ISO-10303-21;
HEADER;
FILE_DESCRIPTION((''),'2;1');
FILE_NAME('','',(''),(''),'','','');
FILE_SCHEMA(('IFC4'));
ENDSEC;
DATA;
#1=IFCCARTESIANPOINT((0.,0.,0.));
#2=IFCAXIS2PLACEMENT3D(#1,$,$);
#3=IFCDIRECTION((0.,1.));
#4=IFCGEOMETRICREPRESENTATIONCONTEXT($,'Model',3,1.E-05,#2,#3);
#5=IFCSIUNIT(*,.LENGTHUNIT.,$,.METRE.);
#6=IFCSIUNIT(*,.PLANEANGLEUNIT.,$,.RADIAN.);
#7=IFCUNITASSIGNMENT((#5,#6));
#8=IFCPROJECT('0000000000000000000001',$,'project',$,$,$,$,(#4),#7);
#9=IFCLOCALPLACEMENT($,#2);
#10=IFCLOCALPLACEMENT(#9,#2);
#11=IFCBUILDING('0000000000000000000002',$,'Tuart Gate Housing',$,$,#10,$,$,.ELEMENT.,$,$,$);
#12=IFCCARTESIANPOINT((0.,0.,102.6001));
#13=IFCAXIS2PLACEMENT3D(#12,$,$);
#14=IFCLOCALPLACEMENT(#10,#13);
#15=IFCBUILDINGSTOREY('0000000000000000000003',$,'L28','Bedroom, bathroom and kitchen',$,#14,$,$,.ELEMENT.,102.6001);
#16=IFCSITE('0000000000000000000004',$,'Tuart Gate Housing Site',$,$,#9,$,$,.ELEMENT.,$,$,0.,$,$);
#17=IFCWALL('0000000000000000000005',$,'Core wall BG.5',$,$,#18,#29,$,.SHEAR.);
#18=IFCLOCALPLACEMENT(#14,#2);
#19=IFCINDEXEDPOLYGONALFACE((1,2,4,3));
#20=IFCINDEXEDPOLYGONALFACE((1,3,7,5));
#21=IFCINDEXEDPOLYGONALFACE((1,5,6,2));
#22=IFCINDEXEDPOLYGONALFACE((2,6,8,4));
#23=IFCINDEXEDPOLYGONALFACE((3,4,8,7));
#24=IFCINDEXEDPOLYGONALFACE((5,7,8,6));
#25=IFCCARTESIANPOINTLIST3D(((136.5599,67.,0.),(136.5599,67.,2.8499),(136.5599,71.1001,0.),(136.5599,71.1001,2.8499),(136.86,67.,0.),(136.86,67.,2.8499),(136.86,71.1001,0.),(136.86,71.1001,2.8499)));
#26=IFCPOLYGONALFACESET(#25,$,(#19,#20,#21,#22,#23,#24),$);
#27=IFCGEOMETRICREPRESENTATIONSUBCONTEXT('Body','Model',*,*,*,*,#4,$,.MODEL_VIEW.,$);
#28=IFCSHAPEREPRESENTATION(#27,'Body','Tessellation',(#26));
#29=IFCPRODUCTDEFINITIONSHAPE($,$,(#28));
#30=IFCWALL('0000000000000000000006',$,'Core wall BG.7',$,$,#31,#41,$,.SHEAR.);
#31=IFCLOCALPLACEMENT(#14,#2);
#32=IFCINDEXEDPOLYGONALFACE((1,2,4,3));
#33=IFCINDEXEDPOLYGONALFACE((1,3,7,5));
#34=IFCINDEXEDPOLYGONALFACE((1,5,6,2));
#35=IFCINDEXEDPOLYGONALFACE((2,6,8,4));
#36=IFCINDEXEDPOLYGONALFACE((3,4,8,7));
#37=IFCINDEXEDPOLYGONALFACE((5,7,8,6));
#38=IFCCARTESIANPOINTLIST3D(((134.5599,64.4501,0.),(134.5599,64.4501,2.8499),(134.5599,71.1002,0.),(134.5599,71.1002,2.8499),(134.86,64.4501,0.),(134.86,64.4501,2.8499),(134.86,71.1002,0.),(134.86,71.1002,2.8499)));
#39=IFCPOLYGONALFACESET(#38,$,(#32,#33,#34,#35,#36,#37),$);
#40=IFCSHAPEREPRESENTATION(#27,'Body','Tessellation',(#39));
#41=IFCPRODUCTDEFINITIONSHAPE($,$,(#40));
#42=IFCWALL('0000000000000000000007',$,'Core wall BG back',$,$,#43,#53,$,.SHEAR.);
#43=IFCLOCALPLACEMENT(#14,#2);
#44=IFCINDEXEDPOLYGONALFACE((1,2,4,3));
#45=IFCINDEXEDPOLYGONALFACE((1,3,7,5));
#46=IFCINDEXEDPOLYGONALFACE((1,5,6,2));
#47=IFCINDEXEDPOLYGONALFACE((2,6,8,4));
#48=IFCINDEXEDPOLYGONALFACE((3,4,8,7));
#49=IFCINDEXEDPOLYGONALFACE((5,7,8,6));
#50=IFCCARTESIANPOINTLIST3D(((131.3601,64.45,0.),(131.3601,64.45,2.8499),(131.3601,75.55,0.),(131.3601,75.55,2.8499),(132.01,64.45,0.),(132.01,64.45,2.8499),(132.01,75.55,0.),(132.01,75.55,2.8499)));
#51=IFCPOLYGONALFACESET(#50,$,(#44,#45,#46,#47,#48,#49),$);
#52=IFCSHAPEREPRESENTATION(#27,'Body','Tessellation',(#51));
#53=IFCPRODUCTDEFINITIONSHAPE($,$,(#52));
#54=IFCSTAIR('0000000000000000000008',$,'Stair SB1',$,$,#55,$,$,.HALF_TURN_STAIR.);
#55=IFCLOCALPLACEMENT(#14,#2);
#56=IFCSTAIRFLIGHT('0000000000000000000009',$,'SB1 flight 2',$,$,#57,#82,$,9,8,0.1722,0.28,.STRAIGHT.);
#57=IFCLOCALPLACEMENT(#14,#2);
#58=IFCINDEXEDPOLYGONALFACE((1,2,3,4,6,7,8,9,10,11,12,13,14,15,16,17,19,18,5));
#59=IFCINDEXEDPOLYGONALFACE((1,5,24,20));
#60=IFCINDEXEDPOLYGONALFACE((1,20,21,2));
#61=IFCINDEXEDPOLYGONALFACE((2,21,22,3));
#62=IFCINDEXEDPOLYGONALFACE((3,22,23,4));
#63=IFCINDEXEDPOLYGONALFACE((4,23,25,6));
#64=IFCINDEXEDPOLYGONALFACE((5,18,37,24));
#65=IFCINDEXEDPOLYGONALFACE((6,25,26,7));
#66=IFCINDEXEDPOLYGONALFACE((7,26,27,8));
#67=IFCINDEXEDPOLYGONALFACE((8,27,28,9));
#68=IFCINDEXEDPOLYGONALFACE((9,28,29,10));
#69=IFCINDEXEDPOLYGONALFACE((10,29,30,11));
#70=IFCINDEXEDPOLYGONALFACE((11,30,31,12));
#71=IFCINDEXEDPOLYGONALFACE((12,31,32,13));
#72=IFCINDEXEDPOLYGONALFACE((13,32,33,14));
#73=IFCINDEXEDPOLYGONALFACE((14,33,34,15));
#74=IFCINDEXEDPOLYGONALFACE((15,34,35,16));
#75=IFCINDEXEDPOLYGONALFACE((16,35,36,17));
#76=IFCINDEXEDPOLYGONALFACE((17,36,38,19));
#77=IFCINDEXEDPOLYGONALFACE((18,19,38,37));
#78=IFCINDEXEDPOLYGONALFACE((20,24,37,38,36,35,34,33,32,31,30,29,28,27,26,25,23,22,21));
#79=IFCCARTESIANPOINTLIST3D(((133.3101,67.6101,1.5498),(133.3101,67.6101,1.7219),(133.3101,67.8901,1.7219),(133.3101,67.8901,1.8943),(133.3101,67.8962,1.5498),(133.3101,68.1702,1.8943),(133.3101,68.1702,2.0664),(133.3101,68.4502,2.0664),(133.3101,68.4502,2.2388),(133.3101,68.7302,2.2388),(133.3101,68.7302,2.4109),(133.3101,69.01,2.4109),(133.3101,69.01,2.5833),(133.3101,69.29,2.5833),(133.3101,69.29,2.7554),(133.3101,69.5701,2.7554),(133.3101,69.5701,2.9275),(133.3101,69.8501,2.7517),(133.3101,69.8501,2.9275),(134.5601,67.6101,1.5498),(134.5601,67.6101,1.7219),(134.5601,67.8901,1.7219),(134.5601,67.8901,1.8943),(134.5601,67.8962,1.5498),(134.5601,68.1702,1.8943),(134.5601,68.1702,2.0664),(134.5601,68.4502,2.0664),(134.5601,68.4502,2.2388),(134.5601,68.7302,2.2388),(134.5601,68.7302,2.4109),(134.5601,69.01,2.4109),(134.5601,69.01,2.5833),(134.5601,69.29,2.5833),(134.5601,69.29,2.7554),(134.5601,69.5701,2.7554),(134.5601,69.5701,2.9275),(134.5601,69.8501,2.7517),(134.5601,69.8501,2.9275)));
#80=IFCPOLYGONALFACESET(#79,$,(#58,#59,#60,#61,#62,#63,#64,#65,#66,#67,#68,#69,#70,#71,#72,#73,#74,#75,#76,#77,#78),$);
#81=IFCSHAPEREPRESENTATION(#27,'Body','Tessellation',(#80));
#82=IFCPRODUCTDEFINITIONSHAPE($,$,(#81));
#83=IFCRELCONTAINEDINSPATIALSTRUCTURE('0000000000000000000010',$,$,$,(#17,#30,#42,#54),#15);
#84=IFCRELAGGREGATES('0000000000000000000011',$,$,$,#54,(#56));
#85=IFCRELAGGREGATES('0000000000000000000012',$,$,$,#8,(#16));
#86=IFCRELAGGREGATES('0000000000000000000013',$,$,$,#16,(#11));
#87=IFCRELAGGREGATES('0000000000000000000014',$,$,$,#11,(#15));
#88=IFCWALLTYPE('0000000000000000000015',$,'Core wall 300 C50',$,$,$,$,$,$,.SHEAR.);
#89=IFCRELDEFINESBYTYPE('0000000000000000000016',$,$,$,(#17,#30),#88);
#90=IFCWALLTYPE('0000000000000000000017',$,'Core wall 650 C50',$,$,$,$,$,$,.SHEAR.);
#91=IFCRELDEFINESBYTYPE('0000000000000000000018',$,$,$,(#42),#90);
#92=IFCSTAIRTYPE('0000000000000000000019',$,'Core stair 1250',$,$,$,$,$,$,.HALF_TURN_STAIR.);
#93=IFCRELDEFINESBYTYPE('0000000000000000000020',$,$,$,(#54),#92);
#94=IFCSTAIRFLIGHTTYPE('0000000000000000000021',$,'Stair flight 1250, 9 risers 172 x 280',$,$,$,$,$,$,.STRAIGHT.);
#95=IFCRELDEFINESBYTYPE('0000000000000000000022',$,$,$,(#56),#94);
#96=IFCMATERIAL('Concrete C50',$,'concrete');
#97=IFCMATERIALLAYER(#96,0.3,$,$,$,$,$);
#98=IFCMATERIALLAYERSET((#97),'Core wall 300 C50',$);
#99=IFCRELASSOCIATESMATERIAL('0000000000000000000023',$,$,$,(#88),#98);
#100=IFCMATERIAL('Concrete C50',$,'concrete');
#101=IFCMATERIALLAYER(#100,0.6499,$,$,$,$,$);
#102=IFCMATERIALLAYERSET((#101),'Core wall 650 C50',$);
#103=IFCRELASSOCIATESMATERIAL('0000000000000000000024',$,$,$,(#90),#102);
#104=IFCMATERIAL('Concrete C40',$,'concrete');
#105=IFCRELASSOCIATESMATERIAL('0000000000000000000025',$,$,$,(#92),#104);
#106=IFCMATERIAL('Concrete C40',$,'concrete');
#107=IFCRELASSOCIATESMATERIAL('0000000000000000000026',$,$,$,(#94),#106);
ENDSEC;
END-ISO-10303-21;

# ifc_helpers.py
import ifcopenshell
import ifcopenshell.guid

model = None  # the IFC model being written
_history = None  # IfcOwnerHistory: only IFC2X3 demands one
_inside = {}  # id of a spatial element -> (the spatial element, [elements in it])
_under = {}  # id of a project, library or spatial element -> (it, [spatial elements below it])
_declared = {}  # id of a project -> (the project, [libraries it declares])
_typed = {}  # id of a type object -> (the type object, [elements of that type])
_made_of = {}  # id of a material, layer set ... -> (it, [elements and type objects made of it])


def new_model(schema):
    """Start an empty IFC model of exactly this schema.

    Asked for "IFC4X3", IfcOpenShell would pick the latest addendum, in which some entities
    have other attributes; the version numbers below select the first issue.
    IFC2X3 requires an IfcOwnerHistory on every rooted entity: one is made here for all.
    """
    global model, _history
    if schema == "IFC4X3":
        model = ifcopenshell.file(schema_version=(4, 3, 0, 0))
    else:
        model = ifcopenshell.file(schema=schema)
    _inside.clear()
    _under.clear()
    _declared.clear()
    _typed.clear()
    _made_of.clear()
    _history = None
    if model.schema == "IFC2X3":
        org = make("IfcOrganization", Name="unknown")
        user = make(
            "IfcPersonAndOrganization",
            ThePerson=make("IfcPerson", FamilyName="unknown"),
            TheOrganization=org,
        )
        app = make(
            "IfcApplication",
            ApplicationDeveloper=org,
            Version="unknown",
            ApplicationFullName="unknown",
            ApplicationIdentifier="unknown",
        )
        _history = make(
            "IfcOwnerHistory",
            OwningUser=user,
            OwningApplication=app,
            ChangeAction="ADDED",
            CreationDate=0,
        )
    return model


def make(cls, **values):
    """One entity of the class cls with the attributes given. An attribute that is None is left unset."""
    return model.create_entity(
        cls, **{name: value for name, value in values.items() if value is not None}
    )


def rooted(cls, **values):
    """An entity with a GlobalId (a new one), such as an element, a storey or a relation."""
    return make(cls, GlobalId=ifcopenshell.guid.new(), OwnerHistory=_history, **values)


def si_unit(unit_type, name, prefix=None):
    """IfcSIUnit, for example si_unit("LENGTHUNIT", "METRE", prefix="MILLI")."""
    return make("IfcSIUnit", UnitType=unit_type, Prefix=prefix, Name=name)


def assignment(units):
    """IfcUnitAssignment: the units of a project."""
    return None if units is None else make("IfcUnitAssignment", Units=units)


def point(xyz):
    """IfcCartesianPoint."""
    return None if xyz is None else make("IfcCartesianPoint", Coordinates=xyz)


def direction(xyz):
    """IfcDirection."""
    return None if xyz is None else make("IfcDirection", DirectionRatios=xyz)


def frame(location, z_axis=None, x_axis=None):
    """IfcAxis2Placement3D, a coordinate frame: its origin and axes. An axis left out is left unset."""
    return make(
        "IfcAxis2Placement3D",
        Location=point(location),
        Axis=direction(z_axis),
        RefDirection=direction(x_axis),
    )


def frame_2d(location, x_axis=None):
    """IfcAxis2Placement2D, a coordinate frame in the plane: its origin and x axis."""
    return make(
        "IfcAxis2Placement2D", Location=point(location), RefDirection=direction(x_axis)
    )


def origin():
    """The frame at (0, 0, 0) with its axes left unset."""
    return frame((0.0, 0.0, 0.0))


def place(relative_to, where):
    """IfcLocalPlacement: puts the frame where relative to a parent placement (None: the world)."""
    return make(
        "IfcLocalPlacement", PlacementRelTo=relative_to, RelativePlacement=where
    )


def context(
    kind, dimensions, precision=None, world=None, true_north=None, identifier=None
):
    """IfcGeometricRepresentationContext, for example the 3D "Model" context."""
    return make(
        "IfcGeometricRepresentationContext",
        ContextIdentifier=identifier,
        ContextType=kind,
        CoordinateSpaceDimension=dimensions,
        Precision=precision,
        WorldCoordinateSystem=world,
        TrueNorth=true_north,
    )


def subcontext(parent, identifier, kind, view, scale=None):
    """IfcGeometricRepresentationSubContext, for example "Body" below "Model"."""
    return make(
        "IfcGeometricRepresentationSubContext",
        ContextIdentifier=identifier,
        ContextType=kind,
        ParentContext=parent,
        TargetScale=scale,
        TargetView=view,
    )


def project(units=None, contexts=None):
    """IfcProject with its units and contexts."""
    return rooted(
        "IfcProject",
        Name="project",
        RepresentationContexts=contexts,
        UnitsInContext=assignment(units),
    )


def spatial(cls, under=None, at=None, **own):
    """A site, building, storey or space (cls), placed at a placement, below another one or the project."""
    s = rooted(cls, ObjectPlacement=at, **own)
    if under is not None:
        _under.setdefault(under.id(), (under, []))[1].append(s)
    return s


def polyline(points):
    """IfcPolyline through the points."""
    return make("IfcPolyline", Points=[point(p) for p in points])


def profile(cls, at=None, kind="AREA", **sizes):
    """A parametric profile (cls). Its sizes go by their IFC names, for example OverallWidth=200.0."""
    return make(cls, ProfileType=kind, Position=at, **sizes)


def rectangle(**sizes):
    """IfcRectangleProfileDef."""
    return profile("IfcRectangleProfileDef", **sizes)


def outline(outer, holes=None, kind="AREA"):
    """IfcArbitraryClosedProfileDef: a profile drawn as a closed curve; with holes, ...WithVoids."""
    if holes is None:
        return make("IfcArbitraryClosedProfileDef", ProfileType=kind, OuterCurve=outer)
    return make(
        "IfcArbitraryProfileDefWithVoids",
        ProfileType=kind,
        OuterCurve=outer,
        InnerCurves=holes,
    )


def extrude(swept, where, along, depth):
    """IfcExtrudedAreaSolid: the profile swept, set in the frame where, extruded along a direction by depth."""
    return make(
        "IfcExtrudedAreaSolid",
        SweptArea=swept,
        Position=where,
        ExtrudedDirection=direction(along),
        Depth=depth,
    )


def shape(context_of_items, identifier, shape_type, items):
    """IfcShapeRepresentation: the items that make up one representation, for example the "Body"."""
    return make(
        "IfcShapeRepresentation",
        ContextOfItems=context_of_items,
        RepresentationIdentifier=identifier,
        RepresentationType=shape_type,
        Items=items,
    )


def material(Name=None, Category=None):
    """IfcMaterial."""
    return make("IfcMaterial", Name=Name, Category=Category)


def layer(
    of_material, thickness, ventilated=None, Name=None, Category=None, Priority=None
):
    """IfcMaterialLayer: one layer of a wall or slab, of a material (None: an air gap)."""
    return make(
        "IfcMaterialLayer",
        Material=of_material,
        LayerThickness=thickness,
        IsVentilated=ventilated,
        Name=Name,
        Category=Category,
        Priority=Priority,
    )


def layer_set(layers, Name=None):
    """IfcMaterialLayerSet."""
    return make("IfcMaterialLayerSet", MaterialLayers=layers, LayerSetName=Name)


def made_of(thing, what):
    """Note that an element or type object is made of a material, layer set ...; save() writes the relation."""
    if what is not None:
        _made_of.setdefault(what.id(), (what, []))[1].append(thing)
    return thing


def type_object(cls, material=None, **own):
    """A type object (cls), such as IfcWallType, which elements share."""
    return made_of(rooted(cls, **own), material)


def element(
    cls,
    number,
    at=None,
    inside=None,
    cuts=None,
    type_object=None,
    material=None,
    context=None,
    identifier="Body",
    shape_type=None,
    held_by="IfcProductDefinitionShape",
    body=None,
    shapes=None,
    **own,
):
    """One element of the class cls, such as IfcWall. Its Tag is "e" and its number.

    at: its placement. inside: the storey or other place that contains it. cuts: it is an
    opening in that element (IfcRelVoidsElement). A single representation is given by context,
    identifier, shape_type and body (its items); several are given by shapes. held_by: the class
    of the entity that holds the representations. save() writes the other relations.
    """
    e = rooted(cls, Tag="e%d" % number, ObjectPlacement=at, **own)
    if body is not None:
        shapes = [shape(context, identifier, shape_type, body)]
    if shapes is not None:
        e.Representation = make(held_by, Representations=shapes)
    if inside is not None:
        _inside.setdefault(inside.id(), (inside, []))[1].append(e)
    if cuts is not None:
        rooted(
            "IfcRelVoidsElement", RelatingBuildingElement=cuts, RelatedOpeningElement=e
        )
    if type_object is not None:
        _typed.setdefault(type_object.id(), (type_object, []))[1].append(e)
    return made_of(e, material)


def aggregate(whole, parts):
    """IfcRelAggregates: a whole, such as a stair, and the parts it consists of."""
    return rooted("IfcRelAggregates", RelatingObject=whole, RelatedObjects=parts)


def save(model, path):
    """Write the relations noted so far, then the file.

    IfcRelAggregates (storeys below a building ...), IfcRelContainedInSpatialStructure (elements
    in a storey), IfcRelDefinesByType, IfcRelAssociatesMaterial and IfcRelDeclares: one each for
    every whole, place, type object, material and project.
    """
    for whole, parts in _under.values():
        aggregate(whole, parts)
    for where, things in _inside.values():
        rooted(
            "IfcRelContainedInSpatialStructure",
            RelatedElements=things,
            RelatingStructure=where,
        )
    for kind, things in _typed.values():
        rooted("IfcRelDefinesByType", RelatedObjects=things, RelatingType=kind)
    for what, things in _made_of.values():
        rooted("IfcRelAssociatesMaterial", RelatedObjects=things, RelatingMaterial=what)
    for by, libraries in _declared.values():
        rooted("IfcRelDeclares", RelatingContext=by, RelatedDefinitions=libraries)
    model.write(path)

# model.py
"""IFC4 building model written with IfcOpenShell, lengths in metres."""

from ifc_helpers import new_model, si_unit, direction, frame, frame_2d, origin, place, context, subcontext, project, spatial, polyline, rectangle, outline, extrude, material, layer, layer_set, type_object, element, aggregate, save


model = new_model("IFC4")

# Units and contexts
model_context = context("Model", 3, precision=1e-05, world=origin(), true_north=direction((0.0, 1.0)))
body_context = subcontext(model_context, "Body", "Model", "MODEL_VIEW")
ifc_project = project(units=[si_unit("LENGTHUNIT", "METRE"), si_unit("PLANEANGLEUNIT", "RADIAN")], contexts=[model_context])

# Site, building, storey
site_placement = place(None, origin())
site = spatial("IfcSite", under=ifc_project, at=site_placement, Name="Tuart Gate Housing Site", CompositionType="ELEMENT", RefElevation=0.0)
building_placement = place(site_placement, origin())
building = spatial("IfcBuilding", under=site, at=building_placement, Name="Tuart Gate Housing", CompositionType="ELEMENT")
storey_placement = place(building_placement, frame((0.0, 0.0, 102.6001)))
storey = spatial("IfcBuildingStorey", under=building, at=storey_placement, Name="L28", Description="Bedroom, bathroom and kitchen", CompositionType="ELEMENT", Elevation=102.6001)

# Walls
ifc_material_1 = material(Name="Concrete C50", Category="concrete")
ifc_layer_1 = layer(ifc_material_1, 0.3)
ifc_layer_set_1 = layer_set([ifc_layer_1], Name="Core wall 300 C50")
wall_type_1 = type_object("IfcWallType", Name="Core wall 300 C50", PredefinedType="SHEAR", material=ifc_layer_set_1)
wall_1_placement = place(storey_placement, frame((136.71, 67.0, 0.0), z_axis=(0.0, 0.0, 1.0), x_axis=(0.0, 1.0, 0.0)))
element("IfcWall", 1, at=wall_1_placement, inside=storey, type_object=wall_type_1, Name="Core wall BG.5", PredefinedType="SHEAR", context=body_context, shape_type="SweptSolid", body=[
    extrude(rectangle(XDim=4.1001, YDim=0.3, at=frame_2d((2.05, 0.0))), origin(), (0.0, 0.0, 1.0), 2.8499),
])
wall_2_placement = place(storey_placement, frame((134.71, 64.45, 0.0), z_axis=(0.0, 0.0, 1.0), x_axis=(0.0, 1.0, 0.0)))
element("IfcWall", 2, at=wall_2_placement, inside=storey, type_object=wall_type_1, Name="Core wall BG.7", PredefinedType="SHEAR", context=body_context, shape_type="SweptSolid", body=[
    extrude(rectangle(XDim=6.6501, YDim=0.3, at=frame_2d((3.3252, 0.0))), origin(), (0.0, 0.0, 1.0), 2.8499),
])
ifc_material_2 = material(Name="Concrete C50", Category="concrete")
ifc_layer_2 = layer(ifc_material_2, 0.6499)
ifc_layer_set_2 = layer_set([ifc_layer_2], Name="Core wall 650 C50")
wall_type_2 = type_object("IfcWallType", Name="Core wall 650 C50", PredefinedType="SHEAR", material=ifc_layer_set_2)
wall_3_placement = place(storey_placement, frame((131.6851, 64.45, 0.0), z_axis=(0.0, 0.0, 1.0), x_axis=(0.0, 1.0, 0.0)))
element("IfcWall", 3, at=wall_3_placement, inside=storey, type_object=wall_type_2, Name="Core wall BG back", PredefinedType="SHEAR", context=body_context, shape_type="SweptSolid", body=[
    extrude(rectangle(XDim=11.1001, YDim=0.6499, at=frame_2d((5.55, 0.0))), origin(), (0.0, 0.0, 1.0), 2.8499),
])

# Stair, stair flight
ifc_material_3 = material(Name="Concrete C40", Category="concrete")
stair_type = type_object("IfcStairType", Name="Core stair 1250", PredefinedType="HALF_TURN_STAIR", material=ifc_material_3)
stair_placement = place(storey_placement, origin())
stair = element("IfcStair", 4, at=stair_placement, inside=storey, type_object=stair_type, Name="Stair SB1", PredefinedType="HALF_TURN_STAIR")
ifc_material_4 = material(Name="Concrete C40", Category="concrete")
stair_flight_type = type_object("IfcStairFlightType", Name="Stair flight 1250, 9 risers 172 x 280", PredefinedType="STRAIGHT", material=ifc_material_4)
stair_flight_placement = place(storey_placement, frame((133.9351, 67.6101, 1.5498), z_axis=(0.0, 0.0, 1.0), x_axis=(0.0, 1.0, 0.0)))
stair_flight = element("IfcStairFlight", 5, at=stair_flight_placement, type_object=stair_flight_type, Name="SB1 flight 2", NumberOfRisers=9, NumberOfTreads=8, PredefinedType="STRAIGHT", RiserHeight=0.1722, TreadLength=0.28, context=body_context, shape_type="SweptSolid", body=[
    extrude(outline(polyline([(0.0, 0.0), (0.0, 0.1721), (0.28, 0.1721), (0.28, 0.3445), (0.5601, 0.3445), (0.5601, 0.5166), (0.8401, 0.5166), (0.8401, 0.689), (1.1201, 0.689), (1.1201, 0.8611), (1.3999, 0.8611), (1.3999, 1.0334), (1.6799, 1.0334), (1.6799, 1.2056), (1.96, 1.2056), (1.96, 1.3777), (2.24, 1.3777), (2.24, 1.55), (2.24, 1.2019), (0.2861, 0.0), (0.0, 0.0)])), frame((0.0, 0.625, 0.0), z_axis=(0.0, -1.0, 0.0), x_axis=(1.0, 0.0, 0.0)), (0.0, 0.0, 1.0), 1.25),
])
aggregate(stair, [stair_flight])

save(model, "model.ifc")
